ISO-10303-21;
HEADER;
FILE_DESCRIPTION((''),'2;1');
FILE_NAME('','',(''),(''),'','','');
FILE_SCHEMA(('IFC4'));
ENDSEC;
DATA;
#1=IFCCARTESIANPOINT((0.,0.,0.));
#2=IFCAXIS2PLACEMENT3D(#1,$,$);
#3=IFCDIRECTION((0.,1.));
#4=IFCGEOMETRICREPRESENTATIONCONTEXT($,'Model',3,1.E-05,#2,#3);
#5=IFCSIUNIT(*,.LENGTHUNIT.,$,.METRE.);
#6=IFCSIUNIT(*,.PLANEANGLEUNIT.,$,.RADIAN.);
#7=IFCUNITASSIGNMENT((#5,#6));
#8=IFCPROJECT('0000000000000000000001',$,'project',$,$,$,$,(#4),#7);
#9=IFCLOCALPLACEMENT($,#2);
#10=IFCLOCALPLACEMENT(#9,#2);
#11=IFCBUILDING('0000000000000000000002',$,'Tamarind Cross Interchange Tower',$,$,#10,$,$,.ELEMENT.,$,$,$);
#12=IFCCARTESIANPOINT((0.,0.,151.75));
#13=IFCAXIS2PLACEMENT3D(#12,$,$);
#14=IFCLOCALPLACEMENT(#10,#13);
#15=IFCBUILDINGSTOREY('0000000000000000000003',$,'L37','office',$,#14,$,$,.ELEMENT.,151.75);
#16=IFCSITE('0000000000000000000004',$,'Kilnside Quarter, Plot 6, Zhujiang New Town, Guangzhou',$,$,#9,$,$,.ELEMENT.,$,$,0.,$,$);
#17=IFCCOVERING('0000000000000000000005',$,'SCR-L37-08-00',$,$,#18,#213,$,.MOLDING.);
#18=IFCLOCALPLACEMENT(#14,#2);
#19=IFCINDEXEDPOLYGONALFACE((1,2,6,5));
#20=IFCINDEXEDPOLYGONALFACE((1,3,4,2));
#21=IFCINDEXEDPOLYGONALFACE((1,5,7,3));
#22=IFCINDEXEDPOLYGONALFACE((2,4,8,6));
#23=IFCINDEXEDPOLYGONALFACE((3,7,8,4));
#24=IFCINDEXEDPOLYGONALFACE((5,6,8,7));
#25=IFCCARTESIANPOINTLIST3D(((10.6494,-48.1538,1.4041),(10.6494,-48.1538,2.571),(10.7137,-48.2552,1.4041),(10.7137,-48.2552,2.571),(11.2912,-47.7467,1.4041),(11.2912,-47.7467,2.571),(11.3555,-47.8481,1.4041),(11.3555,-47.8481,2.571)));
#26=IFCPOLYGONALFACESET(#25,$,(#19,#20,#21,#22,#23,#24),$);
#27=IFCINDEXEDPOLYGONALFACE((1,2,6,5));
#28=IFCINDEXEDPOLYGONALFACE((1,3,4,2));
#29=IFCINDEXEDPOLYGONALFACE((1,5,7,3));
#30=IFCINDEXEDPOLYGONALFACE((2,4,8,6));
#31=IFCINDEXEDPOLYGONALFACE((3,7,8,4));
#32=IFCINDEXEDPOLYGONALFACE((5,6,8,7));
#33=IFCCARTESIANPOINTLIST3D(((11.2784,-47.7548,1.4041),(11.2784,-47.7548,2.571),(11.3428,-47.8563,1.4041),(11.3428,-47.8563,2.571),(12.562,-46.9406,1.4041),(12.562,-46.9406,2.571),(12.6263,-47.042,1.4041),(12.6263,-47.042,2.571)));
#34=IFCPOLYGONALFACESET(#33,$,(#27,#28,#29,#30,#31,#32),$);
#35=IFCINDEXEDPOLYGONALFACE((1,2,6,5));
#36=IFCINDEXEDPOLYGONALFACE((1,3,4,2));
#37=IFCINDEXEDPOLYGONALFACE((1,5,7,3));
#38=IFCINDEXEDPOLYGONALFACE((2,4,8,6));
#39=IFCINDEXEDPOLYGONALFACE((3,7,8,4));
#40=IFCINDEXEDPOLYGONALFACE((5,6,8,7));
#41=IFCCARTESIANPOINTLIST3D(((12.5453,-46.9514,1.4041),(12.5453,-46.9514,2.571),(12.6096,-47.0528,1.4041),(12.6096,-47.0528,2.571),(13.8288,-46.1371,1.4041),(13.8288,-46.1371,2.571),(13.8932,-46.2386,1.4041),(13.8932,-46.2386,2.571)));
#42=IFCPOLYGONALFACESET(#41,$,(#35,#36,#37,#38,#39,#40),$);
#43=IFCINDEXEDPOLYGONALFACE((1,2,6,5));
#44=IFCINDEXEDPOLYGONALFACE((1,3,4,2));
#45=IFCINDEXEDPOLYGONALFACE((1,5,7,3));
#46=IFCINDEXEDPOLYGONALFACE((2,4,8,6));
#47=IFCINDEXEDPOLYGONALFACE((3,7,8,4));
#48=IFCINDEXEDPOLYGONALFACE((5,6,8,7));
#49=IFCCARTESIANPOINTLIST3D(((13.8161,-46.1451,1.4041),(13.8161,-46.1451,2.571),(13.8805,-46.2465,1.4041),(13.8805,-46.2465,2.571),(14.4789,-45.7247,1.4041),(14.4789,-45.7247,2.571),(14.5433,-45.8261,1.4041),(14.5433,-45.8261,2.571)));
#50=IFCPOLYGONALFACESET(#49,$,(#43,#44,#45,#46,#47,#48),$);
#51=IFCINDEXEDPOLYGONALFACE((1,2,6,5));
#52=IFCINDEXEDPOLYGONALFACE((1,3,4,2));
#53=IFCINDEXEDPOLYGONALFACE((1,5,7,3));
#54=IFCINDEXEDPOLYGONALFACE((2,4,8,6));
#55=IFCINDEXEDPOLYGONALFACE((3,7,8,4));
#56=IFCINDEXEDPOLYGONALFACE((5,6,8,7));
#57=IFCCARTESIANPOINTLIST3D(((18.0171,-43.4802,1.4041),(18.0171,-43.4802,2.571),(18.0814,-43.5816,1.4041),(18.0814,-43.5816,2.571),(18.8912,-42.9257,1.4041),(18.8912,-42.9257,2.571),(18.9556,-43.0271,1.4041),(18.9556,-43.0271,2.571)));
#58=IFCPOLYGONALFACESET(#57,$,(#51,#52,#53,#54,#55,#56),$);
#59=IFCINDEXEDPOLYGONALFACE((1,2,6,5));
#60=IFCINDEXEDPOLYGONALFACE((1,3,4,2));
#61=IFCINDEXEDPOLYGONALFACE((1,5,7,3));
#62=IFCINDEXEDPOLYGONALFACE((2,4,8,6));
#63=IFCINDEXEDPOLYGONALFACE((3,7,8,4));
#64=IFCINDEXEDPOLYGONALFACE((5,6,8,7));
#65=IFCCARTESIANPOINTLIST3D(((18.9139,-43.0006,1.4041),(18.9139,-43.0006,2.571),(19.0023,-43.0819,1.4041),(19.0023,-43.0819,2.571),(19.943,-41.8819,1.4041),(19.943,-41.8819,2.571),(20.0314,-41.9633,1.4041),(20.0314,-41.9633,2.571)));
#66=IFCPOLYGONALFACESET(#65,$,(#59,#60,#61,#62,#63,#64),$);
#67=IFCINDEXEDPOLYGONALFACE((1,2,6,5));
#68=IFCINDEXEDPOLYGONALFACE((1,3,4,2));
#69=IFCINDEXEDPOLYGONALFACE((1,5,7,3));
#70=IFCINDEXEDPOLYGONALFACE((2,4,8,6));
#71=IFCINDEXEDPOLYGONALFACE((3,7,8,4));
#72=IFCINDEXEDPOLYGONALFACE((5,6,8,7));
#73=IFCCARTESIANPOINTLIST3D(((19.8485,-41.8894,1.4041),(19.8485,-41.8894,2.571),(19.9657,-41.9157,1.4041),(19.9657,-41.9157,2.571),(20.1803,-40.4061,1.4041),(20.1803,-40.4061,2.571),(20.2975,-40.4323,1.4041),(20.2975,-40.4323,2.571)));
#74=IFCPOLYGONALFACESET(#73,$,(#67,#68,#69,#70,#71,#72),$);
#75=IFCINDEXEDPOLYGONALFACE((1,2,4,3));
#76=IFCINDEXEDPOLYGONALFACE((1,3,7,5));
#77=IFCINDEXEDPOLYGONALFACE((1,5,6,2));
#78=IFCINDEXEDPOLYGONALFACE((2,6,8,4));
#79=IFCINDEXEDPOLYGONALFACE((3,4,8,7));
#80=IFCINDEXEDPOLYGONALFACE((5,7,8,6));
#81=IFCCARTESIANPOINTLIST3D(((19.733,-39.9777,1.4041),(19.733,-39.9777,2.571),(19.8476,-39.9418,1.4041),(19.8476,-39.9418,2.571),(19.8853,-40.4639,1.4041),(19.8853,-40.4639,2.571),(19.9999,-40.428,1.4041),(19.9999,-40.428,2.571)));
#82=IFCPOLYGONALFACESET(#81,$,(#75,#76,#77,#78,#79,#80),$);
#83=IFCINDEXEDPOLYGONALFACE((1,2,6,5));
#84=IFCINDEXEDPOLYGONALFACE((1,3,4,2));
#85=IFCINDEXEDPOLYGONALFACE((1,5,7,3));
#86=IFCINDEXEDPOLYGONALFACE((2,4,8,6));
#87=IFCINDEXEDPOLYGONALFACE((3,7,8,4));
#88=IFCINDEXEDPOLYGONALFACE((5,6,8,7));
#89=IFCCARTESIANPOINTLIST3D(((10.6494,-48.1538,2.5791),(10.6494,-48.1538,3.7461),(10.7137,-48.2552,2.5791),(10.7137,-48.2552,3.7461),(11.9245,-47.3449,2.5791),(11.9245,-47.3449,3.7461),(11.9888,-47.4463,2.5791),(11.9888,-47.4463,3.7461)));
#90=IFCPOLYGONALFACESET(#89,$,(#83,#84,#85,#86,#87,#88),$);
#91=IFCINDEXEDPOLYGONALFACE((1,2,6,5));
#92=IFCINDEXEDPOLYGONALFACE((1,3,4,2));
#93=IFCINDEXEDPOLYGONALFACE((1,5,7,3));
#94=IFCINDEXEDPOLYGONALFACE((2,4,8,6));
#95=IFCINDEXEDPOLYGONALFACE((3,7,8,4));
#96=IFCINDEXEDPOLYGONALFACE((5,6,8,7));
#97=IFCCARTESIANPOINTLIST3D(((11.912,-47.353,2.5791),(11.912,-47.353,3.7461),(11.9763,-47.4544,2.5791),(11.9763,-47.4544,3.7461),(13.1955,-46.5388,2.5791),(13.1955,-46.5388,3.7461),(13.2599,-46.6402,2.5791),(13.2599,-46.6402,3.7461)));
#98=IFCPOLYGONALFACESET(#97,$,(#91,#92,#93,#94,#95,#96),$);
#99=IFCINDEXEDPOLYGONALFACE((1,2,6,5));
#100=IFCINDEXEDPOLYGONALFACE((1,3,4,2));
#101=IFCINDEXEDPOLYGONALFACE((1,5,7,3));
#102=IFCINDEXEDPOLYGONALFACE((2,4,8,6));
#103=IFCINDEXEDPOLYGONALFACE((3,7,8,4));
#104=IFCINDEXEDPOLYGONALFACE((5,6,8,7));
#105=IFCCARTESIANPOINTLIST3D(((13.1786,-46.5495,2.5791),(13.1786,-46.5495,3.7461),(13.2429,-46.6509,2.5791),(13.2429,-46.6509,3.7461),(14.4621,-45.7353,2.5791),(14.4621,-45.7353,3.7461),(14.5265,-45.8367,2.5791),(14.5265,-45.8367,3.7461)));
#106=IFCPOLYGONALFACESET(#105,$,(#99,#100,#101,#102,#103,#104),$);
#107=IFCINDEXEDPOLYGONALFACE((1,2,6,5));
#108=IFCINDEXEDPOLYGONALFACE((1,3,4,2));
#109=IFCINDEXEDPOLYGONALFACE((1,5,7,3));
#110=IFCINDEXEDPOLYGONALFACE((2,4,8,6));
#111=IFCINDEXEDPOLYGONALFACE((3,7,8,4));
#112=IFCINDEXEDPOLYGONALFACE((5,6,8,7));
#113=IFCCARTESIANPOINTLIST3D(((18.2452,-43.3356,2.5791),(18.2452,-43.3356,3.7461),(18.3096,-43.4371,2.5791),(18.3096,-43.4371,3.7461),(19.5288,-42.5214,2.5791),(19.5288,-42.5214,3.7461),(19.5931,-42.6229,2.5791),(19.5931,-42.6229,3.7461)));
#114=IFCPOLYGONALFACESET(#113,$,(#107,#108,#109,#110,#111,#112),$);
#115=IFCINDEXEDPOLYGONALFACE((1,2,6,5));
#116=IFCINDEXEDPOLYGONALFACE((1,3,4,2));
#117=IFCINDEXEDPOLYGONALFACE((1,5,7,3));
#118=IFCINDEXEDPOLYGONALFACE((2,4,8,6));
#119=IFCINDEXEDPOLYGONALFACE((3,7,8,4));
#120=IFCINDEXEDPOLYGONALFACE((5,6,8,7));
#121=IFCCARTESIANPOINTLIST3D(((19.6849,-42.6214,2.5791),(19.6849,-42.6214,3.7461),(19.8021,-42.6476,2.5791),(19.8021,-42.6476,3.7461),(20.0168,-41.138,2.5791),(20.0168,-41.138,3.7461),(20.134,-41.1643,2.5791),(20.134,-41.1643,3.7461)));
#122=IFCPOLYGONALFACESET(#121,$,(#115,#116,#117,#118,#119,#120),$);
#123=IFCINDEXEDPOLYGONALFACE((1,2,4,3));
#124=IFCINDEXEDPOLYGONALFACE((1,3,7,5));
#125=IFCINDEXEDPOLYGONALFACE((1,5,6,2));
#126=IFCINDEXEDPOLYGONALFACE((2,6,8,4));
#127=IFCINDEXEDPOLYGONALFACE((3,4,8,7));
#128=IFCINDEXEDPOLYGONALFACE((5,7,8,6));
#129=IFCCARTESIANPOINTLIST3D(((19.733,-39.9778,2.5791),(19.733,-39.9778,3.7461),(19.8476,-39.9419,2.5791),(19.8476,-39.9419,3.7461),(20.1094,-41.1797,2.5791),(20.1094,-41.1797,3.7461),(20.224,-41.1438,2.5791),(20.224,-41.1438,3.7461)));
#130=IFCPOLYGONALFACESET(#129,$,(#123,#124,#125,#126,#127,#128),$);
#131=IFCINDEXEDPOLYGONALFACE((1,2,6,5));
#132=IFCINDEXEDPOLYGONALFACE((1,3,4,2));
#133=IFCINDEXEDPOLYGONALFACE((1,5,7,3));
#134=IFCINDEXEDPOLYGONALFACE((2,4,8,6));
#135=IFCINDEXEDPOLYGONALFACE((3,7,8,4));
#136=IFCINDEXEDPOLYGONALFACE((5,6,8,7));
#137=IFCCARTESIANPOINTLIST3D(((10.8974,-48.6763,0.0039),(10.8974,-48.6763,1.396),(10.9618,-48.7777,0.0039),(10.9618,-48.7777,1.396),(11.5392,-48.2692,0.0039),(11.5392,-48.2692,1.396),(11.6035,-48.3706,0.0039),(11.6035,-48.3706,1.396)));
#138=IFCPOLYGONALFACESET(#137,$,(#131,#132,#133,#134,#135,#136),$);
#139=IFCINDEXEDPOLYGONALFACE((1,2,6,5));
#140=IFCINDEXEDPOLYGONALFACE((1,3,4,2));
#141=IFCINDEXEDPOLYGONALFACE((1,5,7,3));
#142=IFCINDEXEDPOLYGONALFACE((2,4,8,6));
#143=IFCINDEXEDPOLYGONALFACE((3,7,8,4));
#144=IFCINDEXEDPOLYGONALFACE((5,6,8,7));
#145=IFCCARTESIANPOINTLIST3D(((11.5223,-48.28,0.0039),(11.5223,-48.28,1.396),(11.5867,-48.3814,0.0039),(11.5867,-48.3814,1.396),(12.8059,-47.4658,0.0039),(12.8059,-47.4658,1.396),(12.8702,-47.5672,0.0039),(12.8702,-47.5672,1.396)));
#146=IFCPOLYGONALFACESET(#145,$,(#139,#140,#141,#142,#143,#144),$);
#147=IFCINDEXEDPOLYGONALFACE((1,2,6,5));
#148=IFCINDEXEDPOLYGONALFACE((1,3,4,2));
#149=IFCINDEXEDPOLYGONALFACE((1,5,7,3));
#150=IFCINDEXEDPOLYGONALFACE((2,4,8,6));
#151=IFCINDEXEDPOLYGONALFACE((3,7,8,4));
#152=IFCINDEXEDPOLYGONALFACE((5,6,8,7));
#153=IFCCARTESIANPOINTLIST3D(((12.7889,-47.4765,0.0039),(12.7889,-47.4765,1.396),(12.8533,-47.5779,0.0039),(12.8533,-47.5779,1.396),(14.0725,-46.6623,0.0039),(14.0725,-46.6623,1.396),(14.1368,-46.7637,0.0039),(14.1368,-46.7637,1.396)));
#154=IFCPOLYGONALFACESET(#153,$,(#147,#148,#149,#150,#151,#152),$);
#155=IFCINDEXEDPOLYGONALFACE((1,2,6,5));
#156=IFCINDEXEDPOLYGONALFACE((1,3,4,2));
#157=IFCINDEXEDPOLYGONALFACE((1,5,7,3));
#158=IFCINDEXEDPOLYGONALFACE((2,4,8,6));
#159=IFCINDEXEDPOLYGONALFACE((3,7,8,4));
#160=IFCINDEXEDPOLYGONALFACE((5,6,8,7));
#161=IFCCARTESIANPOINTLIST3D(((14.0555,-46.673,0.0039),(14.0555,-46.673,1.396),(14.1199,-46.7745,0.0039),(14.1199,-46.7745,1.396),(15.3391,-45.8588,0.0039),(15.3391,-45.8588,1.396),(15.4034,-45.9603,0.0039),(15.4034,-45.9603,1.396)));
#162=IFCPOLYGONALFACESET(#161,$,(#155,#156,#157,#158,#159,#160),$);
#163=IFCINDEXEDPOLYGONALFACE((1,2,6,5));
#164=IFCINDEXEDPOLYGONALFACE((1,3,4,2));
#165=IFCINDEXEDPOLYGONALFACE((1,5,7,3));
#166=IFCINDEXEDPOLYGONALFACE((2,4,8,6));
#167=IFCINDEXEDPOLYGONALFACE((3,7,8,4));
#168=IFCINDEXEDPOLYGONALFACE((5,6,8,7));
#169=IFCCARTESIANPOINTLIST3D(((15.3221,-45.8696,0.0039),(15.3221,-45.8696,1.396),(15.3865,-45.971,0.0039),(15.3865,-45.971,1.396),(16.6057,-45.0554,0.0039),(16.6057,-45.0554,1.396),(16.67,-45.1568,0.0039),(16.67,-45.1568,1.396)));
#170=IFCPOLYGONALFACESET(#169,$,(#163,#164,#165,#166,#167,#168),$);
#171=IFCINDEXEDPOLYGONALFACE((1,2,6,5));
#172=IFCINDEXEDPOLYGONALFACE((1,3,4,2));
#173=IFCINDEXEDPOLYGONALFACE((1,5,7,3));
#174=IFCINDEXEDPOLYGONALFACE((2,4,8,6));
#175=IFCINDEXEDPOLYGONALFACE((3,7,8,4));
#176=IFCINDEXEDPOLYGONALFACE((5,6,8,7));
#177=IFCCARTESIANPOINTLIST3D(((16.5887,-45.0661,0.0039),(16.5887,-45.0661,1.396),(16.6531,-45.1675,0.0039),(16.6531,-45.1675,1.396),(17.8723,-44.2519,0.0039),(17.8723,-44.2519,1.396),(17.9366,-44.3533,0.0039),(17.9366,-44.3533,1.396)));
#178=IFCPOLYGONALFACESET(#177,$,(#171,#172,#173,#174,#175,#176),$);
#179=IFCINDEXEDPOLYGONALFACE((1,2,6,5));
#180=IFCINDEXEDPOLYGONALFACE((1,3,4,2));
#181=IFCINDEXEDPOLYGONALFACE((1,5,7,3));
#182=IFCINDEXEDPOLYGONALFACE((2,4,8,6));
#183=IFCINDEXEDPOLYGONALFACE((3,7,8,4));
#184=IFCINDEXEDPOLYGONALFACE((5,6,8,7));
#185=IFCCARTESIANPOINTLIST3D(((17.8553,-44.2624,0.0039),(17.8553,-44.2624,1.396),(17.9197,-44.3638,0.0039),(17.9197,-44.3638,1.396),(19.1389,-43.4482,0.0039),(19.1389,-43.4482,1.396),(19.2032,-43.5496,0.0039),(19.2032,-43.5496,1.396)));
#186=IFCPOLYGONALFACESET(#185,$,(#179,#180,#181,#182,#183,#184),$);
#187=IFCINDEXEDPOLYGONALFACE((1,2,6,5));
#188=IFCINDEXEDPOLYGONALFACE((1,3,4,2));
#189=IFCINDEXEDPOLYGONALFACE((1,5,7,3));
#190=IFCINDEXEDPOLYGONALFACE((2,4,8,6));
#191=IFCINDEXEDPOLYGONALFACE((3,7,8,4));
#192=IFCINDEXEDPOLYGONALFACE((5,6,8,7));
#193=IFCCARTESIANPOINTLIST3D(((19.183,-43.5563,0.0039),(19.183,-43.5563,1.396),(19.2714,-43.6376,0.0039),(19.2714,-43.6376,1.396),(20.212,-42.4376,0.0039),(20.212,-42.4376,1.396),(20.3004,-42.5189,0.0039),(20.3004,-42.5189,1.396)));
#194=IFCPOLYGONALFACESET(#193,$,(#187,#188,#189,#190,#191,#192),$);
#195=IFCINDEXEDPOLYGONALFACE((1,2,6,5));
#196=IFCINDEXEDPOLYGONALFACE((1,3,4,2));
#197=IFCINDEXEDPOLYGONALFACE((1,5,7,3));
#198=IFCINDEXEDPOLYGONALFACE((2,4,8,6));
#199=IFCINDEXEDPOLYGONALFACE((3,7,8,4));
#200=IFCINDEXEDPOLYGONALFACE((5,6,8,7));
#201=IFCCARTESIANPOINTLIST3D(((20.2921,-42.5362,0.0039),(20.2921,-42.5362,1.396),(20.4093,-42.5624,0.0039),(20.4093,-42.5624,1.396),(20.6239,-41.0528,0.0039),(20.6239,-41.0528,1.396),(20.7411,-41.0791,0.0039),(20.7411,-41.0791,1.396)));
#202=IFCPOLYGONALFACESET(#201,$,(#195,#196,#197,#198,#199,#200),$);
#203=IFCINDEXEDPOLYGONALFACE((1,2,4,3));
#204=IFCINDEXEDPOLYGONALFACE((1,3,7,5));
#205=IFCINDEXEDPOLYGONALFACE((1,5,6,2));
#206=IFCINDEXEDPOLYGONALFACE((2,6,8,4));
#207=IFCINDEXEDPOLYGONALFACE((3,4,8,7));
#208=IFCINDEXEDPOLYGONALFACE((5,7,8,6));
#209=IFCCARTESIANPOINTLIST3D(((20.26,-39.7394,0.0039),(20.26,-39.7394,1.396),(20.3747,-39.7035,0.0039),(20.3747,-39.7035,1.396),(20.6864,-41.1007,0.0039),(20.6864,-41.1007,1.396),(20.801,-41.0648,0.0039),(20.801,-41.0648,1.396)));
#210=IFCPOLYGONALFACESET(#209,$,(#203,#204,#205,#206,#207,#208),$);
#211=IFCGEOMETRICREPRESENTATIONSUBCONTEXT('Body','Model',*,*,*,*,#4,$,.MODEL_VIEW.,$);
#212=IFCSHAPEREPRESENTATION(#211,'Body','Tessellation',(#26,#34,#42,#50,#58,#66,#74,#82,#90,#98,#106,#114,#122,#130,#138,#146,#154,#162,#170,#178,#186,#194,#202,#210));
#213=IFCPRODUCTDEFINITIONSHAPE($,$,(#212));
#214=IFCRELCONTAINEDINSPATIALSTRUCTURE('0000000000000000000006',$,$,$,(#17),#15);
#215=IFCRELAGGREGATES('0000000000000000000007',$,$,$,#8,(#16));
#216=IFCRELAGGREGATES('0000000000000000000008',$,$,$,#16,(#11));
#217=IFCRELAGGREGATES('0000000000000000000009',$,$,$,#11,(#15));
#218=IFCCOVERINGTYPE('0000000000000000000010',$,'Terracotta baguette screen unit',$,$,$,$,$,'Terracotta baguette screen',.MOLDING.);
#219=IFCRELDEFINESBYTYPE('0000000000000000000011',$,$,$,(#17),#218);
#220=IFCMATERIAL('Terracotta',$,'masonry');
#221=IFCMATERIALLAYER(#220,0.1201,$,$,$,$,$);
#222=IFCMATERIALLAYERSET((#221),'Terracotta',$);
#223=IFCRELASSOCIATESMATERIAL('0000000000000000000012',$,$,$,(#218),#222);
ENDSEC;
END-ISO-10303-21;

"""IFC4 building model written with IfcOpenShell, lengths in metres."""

from ifc_helpers import new_model, si_unit, direction, frame, origin, origin_2d, place, context, subcontext, project, spatial, rectangle, extrude, material, layer, layer_set, type_object, element, save


model = new_model("IFC4")

# Units and contexts
model_context = context("Model", 3, precision=1e-05, world=origin(), true_north=direction((0.0, 1.0)))
body_context = subcontext(model_context, "Body", "Model", "MODEL_VIEW")
ifc_project = project(units=[si_unit("LENGTHUNIT", "METRE"), si_unit("PLANEANGLEUNIT", "RADIAN")], contexts=[model_context])

# Site, building, storey
site_placement = place(None, origin())
site = spatial("IfcSite", under=ifc_project, at=site_placement, Name="Kilnside Quarter, Plot 6, Zhujiang New Town, Guangzhou", CompositionType="ELEMENT", RefElevation=0.0)
building_placement = place(site_placement, origin())
building = spatial("IfcBuilding", under=site, at=building_placement, Name="Tamarind Cross Interchange Tower", CompositionType="ELEMENT")
storey_placement = place(building_placement, frame((0.0, 0.0, 151.75)))
storey = spatial("IfcBuildingStorey", under=building, at=storey_placement, Name="L37", Description="office", CompositionType="ELEMENT", Elevation=151.75)

# Covering
ifc_material_1 = material(Name="Terracotta", Category="masonry")
ifc_layer_1 = layer(ifc_material_1, 0.1201)
ifc_layer_set_1 = layer_set([ifc_layer_1], Name="Terracotta")
covering_type = type_object("IfcCoveringType", Name="Terracotta baguette screen unit", ElementType="Terracotta baguette screen", PredefinedType="MOLDING", material=ifc_layer_set_1)
covering_1_placement = place(storey_placement, origin())
element("IfcCovering", 1, at=covering_1_placement, inside=storey, type_object=covering_type, Name="SCR-L37-08-00", PredefinedType="MOLDING", context=body_context, shape_type="SweptSolid", body=[
    extrude(rectangle(XDim=0.76, YDim=0.1201, at=origin_2d()), frame((11.0024, -48.001, 1.4041), z_axis=(0.0, 0.0, 1.0), x_axis=(0.844433, 0.535662, 0.0)), (0.0, 0.0, 1.0), 1.167),
    extrude(rectangle(XDim=1.52, YDim=0.1201, at=origin_2d()), frame((11.9524, -47.3984, 1.4041), z_axis=(0.0, 0.0, 1.0), x_axis=(0.844433, 0.535662, 0.0)), (0.0, 0.0, 1.0), 1.167),
    extrude(rectangle(XDim=1.52, YDim=0.1201, at=origin_2d()), frame((13.2192, -46.595, 1.4041), z_axis=(0.0, 0.0, 1.0), x_axis=(0.844433, 0.535662, 0.0)), (0.0, 0.0, 1.0), 1.167),
    extrude(rectangle(XDim=0.7849, YDim=0.1201, at=origin_2d()), frame((14.1797, -45.9856, 1.4041), z_axis=(0.0, 0.0, 1.0), x_axis=(0.844433, 0.535662, 0.0)), (0.0, 0.0, 1.0), 1.167),
    extrude(rectangle(XDim=1.0352, YDim=0.1201, at=origin_2d()), frame((18.4863, -43.2537, 1.4041), z_axis=(0.0, 0.0, 1.0), x_axis=(0.844433, 0.535662, 0.0)), (0.0, 0.0, 1.0), 1.167),
    extrude(rectangle(XDim=1.52, YDim=0.1201, at=origin_2d()), frame((19.4727, -42.4819, 1.4041), z_axis=(0.0, 0.0, 1.0), x_axis=(0.67702, 0.735965, 0.0)), (0.0, 0.0, 1.0), 1.167),
    extrude(rectangle(XDim=1.52, YDim=0.1201, at=origin_2d()), frame((20.073, -41.1609, 1.4041), z_axis=(0.0, 0.0, 1.0), x_axis=(0.218334, 0.975874, 0.0)), (0.0, 0.0, 1.0), 1.167),
    extrude(rectangle(XDim=0.5095, YDim=0.1201, at=origin_2d()), frame((19.8665, -40.2029, 1.4041), z_axis=(0.0, 0.0, 1.0), x_axis=(-0.298854, 0.954299, 0.0)), (0.0, 0.0, 1.0), 1.167),
    extrude(rectangle(XDim=1.51, YDim=0.1201, at=origin_2d()), frame((11.3191, -47.8, 2.5791), z_axis=(0.0, 0.0, 1.0), x_axis=(0.844433, 0.535662, 0.0)), (0.0, 0.0, 1.0), 1.167),
    extrude(rectangle(XDim=1.52, YDim=0.1201, at=origin_2d()), frame((12.5859, -46.9966, 2.5791), z_axis=(0.0, 0.0, 1.0), x_axis=(0.844433, 0.535662, 0.0)), (0.0, 0.0, 1.0), 1.167),
    extrude(rectangle(XDim=1.52, YDim=0.1201, at=origin_2d()), frame((13.8525, -46.1931, 2.5791), z_axis=(0.0, 0.0, 1.0), x_axis=(0.844433, 0.535662, 0.0)), (0.0, 0.0, 1.0), 1.167),
    extrude(rectangle(XDim=1.52, YDim=0.1201, at=origin_2d()), frame((18.9192, -42.9792, 2.5791), z_axis=(0.0, 0.0, 1.0), x_axis=(0.844433, 0.535662, 0.0)), (0.0, 0.0, 1.0), 1.167),
    extrude(rectangle(XDim=1.52, YDim=0.1201, at=origin_2d()), frame((19.9094, -41.8928, 2.5791), z_axis=(0.0, 0.0, 1.0), x_axis=(0.218334, 0.975874, 0.0)), (0.0, 0.0, 1.0), 1.167),
    extrude(rectangle(XDim=1.2595, YDim=0.1201, at=origin_2d()), frame((19.9785, -40.5608, 2.5791), z_axis=(0.0, 0.0, 1.0), x_axis=(-0.298854, 0.954299, 0.0)), (0.0, 0.0, 1.0), 1.167),
    extrude(rectangle(XDim=0.76, YDim=0.1201, at=origin_2d()), frame((11.2505, -48.5234, 0.0039), z_axis=(0.0, 0.0, 1.0), x_axis=(0.844433, 0.535662, 0.0)), (0.0, 0.0, 1.0), 1.3921),
    extrude(rectangle(XDim=1.52, YDim=0.1201, at=origin_2d()), frame((12.1963, -47.9236, 0.0039), z_axis=(0.0, 0.0, 1.0), x_axis=(0.844433, 0.535662, 0.0)), (0.0, 0.0, 1.0), 1.3921),
    extrude(rectangle(XDim=1.52, YDim=0.1201, at=origin_2d()), frame((13.4629, -47.1201, 0.0039), z_axis=(0.0, 0.0, 1.0), x_axis=(0.844433, 0.535662, 0.0)), (0.0, 0.0, 1.0), 1.3921),
    extrude(rectangle(XDim=1.52, YDim=0.1201, at=origin_2d()), frame((14.7295, -46.3167, 0.0039), z_axis=(0.0, 0.0, 1.0), x_axis=(0.844433, 0.535662, 0.0)), (0.0, 0.0, 1.0), 1.3921),
    extrude(rectangle(XDim=1.52, YDim=0.1201, at=origin_2d()), frame((15.9961, -45.5132, 0.0039), z_axis=(0.0, 0.0, 1.0), x_axis=(0.844433, 0.535662, 0.0)), (0.0, 0.0, 1.0), 1.3921),
    extrude(rectangle(XDim=1.52, YDim=0.1201, at=origin_2d()), frame((17.2627, -44.7097, 0.0039), z_axis=(0.0, 0.0, 1.0), x_axis=(0.844433, 0.535662, 0.0)), (0.0, 0.0, 1.0), 1.3921),
    extrude(rectangle(XDim=1.52, YDim=0.1201, at=origin_2d()), frame((18.5293, -43.906, 0.0039), z_axis=(0.0, 0.0, 1.0), x_axis=(0.844433, 0.535662, 0.0)), (0.0, 0.0, 1.0), 1.3921),
    extrude(rectangle(XDim=1.52, YDim=0.1201, at=origin_2d()), frame((19.7417, -43.0376, 0.0039), z_axis=(0.0, 0.0, 1.0), x_axis=(0.67702, 0.735965, 0.0)), (0.0, 0.0, 1.0), 1.3921),
    extrude(rectangle(XDim=1.52, YDim=0.1201, at=origin_2d()), frame((20.5166, -41.8076, 0.0039), z_axis=(0.0, 0.0, 1.0), x_axis=(0.218334, 0.975874, 0.0)), (0.0, 0.0, 1.0), 1.3921),
    extrude(rectangle(XDim=1.4265, YDim=0.1201, at=origin_2d()), frame((20.5305, -40.4021, 0.0039), z_axis=(0.0, 0.0, 1.0), x_axis=(-0.298854, 0.954299, 0.0)), (0.0, 0.0, 1.0), 1.3921),
])

save(model, "model.ifc")
